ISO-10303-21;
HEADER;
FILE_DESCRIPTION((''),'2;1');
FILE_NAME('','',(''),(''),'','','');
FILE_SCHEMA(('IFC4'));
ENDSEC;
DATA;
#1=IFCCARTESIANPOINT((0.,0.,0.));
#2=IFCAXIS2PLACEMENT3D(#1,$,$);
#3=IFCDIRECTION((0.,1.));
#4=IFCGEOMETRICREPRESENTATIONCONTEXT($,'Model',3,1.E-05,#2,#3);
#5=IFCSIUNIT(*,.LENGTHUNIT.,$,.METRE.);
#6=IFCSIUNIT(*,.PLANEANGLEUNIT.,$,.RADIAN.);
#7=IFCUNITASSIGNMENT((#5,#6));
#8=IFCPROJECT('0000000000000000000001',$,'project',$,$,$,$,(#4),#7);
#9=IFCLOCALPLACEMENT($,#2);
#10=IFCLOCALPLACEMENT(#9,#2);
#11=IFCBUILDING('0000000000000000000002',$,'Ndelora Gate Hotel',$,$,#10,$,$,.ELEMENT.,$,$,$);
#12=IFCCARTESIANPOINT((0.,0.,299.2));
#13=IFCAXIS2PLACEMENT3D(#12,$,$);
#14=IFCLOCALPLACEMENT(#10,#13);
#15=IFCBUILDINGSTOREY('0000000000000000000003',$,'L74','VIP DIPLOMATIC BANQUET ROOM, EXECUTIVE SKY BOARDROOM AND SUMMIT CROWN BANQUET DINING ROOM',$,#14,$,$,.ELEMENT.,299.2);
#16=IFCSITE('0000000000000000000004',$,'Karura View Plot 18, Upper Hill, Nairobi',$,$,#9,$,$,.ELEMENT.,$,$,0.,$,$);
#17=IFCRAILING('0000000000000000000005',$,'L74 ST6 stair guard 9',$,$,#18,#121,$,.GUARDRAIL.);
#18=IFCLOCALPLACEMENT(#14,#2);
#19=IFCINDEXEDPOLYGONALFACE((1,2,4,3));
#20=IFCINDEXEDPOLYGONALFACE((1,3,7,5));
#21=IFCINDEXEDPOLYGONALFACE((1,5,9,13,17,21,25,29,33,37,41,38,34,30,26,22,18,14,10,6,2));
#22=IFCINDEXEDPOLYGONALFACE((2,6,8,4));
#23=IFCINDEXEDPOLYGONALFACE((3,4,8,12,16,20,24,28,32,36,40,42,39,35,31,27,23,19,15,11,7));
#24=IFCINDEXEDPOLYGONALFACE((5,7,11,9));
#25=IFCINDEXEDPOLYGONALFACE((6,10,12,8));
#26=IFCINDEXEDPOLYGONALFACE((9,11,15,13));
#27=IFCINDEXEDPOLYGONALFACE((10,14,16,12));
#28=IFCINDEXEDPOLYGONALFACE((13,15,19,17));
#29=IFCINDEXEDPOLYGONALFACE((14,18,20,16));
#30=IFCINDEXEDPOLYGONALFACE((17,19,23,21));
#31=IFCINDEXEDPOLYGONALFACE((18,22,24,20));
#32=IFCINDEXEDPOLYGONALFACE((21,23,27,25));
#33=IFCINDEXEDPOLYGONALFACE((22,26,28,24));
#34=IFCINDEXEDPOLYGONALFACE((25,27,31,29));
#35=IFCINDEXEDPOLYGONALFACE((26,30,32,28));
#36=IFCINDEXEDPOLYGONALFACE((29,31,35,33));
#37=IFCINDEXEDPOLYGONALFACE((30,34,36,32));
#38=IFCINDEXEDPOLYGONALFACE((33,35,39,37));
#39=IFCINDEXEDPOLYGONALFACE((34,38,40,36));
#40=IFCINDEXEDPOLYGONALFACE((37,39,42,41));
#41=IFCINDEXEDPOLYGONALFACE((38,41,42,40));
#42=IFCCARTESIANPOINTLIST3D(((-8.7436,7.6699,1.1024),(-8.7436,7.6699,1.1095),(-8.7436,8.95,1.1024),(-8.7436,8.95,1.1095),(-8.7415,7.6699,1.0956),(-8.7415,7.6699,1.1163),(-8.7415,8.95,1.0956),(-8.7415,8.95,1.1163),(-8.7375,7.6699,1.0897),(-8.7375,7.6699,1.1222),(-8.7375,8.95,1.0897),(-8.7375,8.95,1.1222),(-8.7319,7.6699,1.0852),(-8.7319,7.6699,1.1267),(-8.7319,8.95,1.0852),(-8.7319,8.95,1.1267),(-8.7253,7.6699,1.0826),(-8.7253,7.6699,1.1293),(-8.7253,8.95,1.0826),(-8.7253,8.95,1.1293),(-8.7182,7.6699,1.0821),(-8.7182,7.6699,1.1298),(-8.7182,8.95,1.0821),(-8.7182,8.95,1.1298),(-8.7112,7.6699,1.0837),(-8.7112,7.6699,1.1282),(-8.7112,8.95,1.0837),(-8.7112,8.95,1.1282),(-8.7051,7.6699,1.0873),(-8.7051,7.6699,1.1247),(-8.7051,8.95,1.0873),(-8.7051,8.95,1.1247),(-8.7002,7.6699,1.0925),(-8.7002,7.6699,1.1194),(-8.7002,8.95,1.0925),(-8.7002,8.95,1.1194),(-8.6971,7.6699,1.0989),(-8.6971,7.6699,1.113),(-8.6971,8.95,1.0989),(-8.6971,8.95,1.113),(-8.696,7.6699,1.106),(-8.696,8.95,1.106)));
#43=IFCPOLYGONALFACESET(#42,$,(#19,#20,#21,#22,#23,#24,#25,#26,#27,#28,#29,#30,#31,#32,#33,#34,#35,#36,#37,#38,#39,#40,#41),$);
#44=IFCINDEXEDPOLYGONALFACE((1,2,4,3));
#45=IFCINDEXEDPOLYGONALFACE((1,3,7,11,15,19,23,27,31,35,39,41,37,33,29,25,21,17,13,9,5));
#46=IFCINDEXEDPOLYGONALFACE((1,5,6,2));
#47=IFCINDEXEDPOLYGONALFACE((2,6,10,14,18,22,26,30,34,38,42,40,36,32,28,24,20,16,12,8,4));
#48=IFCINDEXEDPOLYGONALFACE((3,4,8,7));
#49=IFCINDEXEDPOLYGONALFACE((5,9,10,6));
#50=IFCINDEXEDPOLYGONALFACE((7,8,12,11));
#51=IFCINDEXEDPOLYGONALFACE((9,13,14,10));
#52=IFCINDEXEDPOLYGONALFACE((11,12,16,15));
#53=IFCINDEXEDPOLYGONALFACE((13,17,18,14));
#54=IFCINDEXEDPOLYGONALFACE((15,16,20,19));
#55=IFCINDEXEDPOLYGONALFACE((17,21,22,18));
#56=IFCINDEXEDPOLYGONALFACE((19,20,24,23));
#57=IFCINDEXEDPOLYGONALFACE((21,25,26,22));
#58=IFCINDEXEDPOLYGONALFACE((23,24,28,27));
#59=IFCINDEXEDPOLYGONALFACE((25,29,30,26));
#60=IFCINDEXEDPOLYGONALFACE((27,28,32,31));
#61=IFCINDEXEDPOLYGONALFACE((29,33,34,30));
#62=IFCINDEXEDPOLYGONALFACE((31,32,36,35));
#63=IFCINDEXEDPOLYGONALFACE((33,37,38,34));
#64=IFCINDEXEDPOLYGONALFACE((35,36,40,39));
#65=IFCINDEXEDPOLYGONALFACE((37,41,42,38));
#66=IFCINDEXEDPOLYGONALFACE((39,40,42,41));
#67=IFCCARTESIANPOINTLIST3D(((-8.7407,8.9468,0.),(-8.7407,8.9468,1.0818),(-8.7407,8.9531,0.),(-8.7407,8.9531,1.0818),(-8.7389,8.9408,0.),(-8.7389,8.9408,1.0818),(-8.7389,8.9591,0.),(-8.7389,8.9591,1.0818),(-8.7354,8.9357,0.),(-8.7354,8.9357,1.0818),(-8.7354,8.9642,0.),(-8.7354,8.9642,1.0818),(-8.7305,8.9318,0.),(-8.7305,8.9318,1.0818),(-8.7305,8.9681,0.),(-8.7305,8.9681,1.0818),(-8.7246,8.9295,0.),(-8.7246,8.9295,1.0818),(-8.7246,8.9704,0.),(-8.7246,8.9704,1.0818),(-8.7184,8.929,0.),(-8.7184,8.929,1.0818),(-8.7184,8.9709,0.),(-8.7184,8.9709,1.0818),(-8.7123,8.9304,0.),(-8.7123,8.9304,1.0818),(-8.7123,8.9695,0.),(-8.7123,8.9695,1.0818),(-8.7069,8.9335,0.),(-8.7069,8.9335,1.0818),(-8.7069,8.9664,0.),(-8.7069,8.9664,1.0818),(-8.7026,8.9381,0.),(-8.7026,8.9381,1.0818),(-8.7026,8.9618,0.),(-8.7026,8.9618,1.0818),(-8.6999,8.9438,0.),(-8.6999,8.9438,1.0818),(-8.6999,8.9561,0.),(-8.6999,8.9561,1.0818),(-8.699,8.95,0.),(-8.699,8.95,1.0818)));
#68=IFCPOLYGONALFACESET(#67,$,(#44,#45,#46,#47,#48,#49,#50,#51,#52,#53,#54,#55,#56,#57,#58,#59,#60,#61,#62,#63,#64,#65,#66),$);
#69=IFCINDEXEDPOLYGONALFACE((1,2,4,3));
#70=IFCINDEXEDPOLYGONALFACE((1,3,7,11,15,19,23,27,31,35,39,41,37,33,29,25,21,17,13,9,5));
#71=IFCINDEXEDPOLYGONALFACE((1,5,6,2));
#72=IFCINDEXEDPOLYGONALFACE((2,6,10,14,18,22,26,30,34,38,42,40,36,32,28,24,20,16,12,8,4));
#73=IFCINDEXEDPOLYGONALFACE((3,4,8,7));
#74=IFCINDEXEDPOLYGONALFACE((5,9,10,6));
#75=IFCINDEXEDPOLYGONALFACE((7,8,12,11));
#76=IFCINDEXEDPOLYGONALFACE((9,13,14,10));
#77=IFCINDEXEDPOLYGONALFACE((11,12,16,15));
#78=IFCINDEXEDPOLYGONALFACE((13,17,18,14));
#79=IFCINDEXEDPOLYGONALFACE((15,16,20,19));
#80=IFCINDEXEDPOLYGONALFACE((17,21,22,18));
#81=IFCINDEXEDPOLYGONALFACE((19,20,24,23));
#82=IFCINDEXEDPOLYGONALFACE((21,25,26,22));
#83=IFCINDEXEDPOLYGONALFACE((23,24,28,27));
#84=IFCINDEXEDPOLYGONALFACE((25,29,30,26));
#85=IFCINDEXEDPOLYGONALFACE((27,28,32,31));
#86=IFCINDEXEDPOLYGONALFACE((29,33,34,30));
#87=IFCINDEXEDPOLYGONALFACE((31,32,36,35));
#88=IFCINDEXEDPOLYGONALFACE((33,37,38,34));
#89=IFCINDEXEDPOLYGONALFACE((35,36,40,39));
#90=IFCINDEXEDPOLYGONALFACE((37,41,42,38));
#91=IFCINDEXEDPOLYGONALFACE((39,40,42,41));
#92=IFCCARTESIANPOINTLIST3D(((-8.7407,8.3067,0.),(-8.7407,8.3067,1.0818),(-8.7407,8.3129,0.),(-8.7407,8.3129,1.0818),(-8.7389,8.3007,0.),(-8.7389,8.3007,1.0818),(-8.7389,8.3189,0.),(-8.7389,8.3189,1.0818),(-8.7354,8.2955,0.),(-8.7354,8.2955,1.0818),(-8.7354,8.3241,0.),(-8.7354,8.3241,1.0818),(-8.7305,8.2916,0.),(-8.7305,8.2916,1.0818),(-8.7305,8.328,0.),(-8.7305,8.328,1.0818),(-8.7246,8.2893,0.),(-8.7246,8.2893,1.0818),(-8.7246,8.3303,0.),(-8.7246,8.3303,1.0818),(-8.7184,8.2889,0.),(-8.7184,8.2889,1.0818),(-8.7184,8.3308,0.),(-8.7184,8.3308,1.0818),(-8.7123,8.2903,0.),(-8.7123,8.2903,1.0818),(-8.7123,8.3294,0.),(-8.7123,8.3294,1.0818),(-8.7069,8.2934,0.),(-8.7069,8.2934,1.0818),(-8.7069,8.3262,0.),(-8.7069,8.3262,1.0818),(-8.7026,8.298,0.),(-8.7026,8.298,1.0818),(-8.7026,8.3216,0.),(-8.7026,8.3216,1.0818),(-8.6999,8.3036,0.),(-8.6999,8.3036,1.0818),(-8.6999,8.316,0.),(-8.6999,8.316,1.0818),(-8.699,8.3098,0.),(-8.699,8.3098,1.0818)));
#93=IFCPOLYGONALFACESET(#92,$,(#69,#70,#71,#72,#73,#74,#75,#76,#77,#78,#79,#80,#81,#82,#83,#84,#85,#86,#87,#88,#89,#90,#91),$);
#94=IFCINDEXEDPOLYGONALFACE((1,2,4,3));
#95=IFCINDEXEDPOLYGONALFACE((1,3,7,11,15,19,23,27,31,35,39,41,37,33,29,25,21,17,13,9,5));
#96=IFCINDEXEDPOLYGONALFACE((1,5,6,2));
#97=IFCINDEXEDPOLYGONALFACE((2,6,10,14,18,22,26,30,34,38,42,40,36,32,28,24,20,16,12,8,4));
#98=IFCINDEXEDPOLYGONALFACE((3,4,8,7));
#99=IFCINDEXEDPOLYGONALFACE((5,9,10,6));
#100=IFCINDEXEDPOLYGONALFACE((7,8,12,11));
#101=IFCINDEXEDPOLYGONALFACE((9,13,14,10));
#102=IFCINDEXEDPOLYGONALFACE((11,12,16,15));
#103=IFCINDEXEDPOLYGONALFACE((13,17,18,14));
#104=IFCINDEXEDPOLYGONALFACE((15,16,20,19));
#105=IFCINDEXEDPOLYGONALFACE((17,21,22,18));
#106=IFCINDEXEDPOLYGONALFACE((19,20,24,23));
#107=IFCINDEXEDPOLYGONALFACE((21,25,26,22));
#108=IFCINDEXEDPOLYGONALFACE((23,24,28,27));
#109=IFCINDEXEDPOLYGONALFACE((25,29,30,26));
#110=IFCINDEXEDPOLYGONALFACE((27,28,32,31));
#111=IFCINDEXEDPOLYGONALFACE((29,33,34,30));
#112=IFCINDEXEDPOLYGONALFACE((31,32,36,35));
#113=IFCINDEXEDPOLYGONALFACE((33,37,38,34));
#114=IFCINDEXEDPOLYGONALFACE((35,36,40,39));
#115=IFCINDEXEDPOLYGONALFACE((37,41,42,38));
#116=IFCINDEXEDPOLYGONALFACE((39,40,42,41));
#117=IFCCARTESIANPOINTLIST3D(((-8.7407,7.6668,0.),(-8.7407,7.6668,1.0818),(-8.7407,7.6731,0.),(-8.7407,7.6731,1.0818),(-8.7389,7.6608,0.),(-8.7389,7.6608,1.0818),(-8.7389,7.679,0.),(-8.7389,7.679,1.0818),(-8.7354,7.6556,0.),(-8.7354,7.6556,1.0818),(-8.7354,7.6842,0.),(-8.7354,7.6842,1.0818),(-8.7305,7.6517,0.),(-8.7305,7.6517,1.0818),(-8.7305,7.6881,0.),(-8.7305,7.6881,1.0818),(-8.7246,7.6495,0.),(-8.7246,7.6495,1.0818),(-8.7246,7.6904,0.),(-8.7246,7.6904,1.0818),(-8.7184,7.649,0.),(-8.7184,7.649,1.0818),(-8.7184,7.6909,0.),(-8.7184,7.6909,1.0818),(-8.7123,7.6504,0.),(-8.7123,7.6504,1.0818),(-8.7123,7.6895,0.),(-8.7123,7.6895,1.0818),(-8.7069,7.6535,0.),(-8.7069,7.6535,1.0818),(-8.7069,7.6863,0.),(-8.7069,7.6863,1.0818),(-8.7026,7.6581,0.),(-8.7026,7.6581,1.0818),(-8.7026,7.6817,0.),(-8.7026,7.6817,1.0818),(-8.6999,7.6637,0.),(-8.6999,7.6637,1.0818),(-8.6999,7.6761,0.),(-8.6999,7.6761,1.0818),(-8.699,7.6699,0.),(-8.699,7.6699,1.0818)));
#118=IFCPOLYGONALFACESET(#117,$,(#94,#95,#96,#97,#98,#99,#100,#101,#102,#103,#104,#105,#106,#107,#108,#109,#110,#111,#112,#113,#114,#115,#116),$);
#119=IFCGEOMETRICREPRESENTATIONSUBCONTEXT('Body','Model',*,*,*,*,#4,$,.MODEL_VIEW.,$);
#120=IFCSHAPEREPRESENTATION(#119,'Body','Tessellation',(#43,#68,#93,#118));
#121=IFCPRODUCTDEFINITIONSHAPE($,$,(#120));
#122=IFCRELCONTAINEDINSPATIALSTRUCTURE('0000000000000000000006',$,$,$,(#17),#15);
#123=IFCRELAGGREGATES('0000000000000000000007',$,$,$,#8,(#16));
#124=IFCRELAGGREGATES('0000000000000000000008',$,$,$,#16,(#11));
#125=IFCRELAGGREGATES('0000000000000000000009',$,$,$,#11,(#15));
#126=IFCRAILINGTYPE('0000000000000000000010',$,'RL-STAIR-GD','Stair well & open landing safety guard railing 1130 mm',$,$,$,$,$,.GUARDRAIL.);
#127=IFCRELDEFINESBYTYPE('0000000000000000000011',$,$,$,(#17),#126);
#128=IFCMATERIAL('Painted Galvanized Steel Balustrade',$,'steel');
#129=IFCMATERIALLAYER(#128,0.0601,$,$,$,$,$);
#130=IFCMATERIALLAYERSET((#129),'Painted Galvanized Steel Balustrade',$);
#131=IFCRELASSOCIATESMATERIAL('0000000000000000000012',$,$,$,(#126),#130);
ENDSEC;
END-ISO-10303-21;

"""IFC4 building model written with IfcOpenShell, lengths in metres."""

from ifc_helpers import new_model, si_unit, direction, frame, origin, origin_2d, place, context, subcontext, project, spatial, circle, extrude, material, layer, layer_set, type_object, element, save


model = new_model("IFC4")

# Units and contexts
model_context = context("Model", 3, precision=1e-05, world=origin(), true_north=direction((0.0, 1.0)))
body_context = subcontext(model_context, "Body", "Model", "MODEL_VIEW")
ifc_project = project(units=[si_unit("LENGTHUNIT", "METRE"), si_unit("PLANEANGLEUNIT", "RADIAN")], contexts=[model_context])

# Site, building, storey
site_placement = place(None, origin())
site = spatial("IfcSite", under=ifc_project, at=site_placement, Name="Karura View Plot 18, Upper Hill, Nairobi", CompositionType="ELEMENT", RefElevation=0.0)
building_placement = place(site_placement, origin())
building = spatial("IfcBuilding", under=site, at=building_placement, Name="Ndelora Gate Hotel", CompositionType="ELEMENT")
storey_placement = place(building_placement, frame((0.0, 0.0, 299.2)))
storey = spatial("IfcBuildingStorey", under=building, at=storey_placement, Name="L74", Description="VIP DIPLOMATIC BANQUET ROOM, EXECUTIVE SKY BOARDROOM AND SUMMIT CROWN BANQUET DINING ROOM", CompositionType="ELEMENT", Elevation=299.2)

# Railing
ifc_material_1 = material(Name="Painted Galvanized Steel Balustrade", Category="steel")
ifc_layer_1 = layer(ifc_material_1, 0.0601)
ifc_layer_set_1 = layer_set([ifc_layer_1], Name="Painted Galvanized Steel Balustrade")
railing_type_1 = type_object("IfcRailingType", Name="RL-STAIR-GD", Description="Stair well & open landing safety guard railing 1130 mm", PredefinedType="GUARDRAIL", material=ifc_layer_set_1)
for number, where, name in (
    (1, (-8.72, 8.95, 0.0), "L74 ST6 stair guard 9"),
):
    element("IfcRailing", number, at=place(storey_placement, frame(where)), inside=storey, type_object=railing_type_1, Name=name, PredefinedType="GUARDRAIL", context=body_context, shape_type="SweptSolid", body=[
        extrude(circle(Radius=0.0239, at=origin_2d()), frame((0.0, 0.0, 1.106), z_axis=(0.0, -1.0, 0.0), x_axis=(1.0, 0.0, 0.0)), (0.0, 0.0, 1.0), 1.28),
        extrude(circle(Radius=0.021, at=origin_2d()), origin(), (0.0, 0.0, 1.0), 1.0818),
        extrude(circle(Radius=0.021, at=origin_2d()), frame((0.0, -0.6401, 0.0)), (0.0, 0.0, 1.0), 1.0818),
        extrude(circle(Radius=0.021, at=origin_2d()), frame((0.0, -1.28, 0.0)), (0.0, 0.0, 1.0), 1.0818),
    ])

save(model, "model.ifc")
